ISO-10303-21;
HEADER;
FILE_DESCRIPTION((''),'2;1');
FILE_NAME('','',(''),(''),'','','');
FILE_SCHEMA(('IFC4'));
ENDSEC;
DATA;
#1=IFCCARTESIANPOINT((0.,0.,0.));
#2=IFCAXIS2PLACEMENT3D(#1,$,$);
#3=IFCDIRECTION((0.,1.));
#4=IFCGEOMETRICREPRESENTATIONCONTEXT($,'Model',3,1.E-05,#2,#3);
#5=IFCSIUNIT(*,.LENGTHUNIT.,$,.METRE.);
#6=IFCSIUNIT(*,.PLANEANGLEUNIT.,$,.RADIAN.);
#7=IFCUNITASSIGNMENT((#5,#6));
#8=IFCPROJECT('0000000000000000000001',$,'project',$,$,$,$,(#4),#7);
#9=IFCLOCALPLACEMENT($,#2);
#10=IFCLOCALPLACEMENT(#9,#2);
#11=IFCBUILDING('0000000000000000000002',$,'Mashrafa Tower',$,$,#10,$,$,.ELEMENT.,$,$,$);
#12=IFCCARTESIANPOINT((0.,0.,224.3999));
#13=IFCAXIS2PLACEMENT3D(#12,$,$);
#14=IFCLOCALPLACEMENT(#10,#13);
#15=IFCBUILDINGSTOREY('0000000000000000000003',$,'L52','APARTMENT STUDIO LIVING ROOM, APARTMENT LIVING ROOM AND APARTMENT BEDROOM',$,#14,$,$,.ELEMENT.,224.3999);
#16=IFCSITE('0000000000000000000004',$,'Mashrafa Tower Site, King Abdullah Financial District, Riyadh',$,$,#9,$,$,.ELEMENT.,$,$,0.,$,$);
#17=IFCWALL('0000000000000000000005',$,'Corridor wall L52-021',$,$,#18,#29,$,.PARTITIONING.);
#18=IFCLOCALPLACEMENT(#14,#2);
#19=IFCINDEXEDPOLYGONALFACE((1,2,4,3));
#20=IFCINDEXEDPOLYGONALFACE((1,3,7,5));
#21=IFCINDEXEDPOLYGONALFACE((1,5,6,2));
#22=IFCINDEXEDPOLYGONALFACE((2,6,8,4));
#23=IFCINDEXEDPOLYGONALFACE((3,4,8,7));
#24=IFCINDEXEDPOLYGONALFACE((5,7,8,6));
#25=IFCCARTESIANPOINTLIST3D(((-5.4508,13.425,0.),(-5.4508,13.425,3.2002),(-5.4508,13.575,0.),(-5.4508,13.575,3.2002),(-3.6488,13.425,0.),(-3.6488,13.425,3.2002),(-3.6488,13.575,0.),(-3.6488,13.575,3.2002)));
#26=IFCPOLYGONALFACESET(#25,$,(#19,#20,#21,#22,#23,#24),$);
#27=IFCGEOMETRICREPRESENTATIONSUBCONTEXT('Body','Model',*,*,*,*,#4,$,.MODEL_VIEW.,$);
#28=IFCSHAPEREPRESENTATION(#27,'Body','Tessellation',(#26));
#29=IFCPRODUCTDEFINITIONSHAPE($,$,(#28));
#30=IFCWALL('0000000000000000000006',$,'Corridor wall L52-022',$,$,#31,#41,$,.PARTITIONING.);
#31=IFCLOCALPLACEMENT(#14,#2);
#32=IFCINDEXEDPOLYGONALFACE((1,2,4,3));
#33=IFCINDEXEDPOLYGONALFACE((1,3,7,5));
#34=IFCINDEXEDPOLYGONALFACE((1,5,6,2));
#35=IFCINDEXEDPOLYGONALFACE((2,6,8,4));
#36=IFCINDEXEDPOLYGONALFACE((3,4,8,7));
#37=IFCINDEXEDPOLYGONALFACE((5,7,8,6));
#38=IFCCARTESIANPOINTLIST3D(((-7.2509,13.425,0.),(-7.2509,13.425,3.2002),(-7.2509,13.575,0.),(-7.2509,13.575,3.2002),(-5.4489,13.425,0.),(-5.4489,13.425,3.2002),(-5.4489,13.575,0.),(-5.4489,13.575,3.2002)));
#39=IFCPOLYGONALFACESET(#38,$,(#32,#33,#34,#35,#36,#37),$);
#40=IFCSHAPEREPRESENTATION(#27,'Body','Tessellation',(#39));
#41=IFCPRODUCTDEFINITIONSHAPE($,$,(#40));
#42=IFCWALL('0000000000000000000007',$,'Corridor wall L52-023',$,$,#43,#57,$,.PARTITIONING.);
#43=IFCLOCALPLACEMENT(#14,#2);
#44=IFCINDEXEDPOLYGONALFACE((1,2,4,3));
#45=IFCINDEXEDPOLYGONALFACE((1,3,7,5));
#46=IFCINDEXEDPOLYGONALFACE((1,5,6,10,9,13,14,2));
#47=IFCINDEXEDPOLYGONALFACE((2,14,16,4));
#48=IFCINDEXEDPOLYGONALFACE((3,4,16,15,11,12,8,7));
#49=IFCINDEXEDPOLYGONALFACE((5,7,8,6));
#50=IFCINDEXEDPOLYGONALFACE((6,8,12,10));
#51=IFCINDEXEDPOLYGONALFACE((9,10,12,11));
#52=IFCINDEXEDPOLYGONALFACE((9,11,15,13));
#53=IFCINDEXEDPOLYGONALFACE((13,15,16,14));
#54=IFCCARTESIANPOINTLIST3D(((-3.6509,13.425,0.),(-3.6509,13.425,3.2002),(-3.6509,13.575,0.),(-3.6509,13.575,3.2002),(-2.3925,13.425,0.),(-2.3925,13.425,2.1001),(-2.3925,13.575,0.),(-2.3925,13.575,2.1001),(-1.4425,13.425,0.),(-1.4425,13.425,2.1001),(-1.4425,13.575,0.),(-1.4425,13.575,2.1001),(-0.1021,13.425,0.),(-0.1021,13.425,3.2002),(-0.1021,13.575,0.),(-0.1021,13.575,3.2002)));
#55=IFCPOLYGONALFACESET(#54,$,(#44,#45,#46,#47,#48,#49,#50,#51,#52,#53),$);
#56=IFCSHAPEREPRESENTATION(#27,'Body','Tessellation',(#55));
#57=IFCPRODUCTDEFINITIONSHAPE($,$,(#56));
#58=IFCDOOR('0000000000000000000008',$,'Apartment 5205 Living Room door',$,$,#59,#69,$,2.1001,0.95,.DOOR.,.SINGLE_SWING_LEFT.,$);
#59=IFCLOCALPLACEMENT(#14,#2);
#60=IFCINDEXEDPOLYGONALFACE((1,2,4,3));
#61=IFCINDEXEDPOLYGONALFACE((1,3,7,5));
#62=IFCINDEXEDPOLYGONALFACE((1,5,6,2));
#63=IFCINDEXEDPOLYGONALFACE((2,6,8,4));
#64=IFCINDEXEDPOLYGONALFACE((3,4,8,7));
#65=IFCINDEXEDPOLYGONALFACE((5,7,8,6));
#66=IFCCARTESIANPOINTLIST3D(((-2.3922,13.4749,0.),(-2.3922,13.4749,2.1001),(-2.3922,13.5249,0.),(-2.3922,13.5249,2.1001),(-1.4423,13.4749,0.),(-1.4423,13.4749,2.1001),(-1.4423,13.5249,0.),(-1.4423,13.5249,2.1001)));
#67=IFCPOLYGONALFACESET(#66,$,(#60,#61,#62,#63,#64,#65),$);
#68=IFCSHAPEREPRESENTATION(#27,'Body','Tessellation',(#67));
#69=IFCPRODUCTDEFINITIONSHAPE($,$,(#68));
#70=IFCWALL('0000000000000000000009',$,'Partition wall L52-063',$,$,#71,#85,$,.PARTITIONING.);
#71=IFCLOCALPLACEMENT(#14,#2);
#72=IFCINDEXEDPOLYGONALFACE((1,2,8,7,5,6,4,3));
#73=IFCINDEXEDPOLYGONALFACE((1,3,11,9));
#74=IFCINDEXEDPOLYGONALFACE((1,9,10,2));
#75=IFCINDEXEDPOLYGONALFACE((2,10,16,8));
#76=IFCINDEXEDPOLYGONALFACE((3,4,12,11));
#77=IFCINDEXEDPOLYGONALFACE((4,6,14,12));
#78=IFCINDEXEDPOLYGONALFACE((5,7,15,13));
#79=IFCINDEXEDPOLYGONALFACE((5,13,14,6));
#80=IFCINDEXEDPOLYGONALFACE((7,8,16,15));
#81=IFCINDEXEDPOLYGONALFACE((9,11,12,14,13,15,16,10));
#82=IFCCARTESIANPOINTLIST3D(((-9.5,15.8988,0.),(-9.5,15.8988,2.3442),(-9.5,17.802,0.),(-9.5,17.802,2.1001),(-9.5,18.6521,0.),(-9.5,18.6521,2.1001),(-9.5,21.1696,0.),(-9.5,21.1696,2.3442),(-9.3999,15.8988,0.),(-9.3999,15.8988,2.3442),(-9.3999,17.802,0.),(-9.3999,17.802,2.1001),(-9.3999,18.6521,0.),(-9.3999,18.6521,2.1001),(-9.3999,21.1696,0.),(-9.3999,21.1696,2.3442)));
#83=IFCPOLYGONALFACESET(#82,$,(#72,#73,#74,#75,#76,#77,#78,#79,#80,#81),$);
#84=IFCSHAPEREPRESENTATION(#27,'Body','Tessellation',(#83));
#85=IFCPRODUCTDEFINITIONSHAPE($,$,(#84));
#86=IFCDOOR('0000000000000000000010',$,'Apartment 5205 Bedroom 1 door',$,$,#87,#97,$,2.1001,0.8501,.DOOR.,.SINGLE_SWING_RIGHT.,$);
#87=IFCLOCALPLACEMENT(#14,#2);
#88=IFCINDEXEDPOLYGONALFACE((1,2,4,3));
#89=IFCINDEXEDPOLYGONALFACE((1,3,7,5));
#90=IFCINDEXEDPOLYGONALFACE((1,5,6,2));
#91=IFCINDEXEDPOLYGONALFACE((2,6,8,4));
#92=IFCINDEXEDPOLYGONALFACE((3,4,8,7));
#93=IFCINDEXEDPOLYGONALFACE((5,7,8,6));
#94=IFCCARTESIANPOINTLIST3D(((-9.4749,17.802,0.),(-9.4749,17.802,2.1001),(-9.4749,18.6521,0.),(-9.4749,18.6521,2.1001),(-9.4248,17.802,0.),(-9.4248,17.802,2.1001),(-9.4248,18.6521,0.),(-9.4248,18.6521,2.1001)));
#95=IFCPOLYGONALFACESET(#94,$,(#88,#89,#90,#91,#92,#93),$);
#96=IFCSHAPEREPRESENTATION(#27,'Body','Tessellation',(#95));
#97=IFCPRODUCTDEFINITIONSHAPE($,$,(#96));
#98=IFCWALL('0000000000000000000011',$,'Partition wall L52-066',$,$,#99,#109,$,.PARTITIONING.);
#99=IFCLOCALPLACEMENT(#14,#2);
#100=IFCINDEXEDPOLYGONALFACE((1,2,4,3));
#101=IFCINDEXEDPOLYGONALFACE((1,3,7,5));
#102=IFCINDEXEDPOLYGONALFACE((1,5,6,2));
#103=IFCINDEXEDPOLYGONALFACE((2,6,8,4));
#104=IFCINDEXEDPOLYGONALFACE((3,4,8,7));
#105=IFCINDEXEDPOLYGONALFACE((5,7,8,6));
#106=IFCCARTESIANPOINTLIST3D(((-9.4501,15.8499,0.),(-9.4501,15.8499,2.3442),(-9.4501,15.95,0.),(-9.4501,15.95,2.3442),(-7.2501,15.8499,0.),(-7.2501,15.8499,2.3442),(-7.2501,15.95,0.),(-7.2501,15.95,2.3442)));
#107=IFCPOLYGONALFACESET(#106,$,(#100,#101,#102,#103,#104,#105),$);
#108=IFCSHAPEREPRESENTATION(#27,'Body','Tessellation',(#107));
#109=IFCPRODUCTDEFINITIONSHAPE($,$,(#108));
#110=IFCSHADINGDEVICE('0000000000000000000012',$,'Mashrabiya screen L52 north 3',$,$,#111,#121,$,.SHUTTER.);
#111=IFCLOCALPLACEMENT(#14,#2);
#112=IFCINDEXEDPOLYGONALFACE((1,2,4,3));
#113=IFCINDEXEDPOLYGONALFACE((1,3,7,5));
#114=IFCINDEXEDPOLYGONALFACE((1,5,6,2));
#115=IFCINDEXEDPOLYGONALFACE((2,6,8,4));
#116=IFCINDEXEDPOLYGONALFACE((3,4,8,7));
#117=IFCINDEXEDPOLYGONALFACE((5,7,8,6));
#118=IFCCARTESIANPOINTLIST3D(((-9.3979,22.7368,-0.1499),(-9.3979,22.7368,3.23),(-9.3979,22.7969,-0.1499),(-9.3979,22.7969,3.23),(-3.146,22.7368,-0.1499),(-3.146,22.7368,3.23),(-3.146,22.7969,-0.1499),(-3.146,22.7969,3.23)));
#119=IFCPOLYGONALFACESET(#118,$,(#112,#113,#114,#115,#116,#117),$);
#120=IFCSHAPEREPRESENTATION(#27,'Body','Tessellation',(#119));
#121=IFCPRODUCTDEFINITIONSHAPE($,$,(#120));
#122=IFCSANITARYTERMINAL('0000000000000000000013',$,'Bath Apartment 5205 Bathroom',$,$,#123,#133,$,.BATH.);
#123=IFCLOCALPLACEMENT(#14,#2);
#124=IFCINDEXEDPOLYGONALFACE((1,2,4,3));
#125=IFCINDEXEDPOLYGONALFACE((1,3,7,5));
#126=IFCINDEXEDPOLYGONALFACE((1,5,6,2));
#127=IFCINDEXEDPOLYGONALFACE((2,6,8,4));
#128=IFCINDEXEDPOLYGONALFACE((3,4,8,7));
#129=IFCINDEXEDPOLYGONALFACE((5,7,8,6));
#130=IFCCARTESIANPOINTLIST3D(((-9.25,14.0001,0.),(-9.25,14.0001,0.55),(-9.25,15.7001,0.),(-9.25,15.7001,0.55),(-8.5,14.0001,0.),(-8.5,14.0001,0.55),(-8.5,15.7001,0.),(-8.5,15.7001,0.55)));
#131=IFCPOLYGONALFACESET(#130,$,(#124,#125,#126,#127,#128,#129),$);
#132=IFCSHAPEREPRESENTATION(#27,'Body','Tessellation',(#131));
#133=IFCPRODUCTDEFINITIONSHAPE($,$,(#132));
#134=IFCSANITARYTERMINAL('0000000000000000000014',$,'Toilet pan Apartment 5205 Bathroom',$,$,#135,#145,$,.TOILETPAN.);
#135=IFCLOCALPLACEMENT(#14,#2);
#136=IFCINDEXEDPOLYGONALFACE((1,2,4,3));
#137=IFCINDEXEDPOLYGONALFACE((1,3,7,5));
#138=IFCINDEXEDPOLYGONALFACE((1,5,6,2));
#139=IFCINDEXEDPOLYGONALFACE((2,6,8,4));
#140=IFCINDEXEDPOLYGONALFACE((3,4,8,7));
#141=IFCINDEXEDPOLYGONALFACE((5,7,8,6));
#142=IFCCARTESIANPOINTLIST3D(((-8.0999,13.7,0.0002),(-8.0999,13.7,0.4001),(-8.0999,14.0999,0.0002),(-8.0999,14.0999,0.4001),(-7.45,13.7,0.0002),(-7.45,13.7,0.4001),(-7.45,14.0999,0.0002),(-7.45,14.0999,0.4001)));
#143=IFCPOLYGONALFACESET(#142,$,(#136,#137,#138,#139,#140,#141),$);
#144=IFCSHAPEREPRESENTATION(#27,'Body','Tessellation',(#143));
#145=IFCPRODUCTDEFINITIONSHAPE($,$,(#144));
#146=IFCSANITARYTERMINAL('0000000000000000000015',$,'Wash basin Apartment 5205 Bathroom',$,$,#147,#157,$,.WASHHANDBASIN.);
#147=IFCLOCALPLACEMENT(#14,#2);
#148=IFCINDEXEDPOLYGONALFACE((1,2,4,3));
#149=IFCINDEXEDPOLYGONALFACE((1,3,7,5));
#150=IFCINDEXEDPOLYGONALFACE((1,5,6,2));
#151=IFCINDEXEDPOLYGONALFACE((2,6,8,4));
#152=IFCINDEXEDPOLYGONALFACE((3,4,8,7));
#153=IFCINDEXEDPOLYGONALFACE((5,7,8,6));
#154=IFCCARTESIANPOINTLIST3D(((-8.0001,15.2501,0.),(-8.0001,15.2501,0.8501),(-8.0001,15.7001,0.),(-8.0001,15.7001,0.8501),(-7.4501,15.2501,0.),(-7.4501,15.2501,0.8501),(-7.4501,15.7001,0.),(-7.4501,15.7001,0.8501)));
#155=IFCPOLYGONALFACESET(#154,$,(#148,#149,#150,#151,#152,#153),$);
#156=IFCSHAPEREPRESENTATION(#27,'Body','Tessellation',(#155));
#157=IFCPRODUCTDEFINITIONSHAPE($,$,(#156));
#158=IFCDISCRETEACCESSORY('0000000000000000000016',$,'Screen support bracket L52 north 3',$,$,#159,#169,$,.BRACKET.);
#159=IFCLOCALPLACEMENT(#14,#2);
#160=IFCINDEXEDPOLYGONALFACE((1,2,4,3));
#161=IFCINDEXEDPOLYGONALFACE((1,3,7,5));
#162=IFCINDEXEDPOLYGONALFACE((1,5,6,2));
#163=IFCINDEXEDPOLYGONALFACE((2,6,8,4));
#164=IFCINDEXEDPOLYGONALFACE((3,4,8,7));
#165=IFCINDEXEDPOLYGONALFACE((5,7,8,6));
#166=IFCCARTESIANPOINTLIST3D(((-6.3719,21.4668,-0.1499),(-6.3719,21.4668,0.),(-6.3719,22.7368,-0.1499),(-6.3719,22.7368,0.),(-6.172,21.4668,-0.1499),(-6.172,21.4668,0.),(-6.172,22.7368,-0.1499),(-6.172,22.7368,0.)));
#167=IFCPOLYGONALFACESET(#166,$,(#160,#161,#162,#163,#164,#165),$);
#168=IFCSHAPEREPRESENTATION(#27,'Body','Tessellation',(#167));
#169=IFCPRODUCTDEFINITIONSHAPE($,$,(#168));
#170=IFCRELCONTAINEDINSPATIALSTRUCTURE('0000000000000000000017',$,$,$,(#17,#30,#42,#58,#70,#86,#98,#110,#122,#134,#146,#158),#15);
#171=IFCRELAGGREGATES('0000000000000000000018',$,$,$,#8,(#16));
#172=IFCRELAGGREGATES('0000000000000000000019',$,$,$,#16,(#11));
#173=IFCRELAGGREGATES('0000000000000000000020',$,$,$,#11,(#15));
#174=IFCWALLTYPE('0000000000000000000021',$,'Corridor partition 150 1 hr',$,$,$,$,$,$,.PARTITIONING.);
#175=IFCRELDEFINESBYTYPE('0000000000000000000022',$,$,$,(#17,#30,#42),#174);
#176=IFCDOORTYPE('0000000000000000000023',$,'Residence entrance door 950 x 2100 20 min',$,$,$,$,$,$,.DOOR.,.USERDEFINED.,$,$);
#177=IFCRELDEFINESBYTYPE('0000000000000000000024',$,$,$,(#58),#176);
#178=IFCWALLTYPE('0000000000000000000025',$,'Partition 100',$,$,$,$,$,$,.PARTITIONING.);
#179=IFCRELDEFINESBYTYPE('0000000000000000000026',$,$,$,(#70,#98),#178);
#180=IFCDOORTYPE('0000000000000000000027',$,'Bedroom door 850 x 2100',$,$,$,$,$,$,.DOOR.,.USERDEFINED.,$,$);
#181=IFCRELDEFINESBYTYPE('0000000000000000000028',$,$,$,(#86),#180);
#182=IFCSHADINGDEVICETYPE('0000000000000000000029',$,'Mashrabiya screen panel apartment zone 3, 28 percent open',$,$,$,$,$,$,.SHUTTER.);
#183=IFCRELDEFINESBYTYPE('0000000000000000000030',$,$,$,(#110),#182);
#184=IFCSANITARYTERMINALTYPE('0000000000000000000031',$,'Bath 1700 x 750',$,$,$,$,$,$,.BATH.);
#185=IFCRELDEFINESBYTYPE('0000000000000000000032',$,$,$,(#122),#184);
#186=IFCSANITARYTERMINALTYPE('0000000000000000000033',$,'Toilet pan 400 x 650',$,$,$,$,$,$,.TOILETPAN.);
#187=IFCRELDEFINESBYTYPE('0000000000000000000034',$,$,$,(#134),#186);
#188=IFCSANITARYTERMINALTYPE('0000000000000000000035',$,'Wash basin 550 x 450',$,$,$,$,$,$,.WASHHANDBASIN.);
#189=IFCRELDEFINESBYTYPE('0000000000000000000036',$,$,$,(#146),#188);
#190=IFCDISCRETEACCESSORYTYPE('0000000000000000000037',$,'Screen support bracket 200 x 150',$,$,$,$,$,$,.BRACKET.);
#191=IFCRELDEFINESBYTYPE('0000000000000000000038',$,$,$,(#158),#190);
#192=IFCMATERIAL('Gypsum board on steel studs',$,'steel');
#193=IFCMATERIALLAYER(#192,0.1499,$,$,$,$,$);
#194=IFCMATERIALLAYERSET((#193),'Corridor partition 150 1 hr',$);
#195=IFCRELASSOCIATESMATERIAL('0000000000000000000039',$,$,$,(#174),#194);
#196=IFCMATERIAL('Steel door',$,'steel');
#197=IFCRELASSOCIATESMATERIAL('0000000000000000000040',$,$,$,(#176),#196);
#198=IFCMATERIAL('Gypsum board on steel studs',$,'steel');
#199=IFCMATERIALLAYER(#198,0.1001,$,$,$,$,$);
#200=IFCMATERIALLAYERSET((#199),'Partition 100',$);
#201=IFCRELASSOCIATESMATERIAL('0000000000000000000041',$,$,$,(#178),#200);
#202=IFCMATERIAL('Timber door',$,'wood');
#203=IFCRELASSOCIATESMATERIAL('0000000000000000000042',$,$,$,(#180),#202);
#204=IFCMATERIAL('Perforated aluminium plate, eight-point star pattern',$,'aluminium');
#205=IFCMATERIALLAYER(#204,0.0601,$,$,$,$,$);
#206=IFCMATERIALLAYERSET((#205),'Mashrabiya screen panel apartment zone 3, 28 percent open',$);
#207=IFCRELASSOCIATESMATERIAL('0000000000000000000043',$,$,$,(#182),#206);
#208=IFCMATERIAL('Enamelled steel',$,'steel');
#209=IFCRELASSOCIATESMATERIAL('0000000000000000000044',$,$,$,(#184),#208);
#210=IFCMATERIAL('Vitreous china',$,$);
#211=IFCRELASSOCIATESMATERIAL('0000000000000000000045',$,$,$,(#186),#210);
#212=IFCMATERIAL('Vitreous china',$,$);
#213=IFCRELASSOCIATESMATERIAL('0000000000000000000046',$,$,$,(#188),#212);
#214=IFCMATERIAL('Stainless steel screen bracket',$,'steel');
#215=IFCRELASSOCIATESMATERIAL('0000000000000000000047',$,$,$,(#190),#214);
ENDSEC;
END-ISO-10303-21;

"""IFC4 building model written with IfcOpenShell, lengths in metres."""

from ifc_helpers import new_model, si_unit, direction, frame, frame_2d, origin, origin_2d, place, context, subcontext, project, spatial, rectangle, extrude, source, transform, mapped, material, layer, layer_set, type_object, type_shapes, element, fill, save


model = new_model("IFC4")

# Units and contexts
model_context = context("Model", 3, precision=1e-05, world=origin(), true_north=direction((0.0, 1.0)))
body_context = subcontext(model_context, "Body", "Model", "MODEL_VIEW")
ifc_project = project(units=[si_unit("LENGTHUNIT", "METRE"), si_unit("PLANEANGLEUNIT", "RADIAN")], contexts=[model_context])

# Site, building, storey
site_placement = place(None, origin())
site = spatial("IfcSite", under=ifc_project, at=site_placement, Name="Mashrafa Tower Site, King Abdullah Financial District, Riyadh", CompositionType="ELEMENT", RefElevation=0.0)
building_placement = place(site_placement, origin())
building = spatial("IfcBuilding", under=site, at=building_placement, Name="Mashrafa Tower", CompositionType="ELEMENT")
storey_placement = place(building_placement, frame((0.0, 0.0, 224.3999)))
storey = spatial("IfcBuildingStorey", under=building, at=storey_placement, Name="L52", Description="APARTMENT STUDIO LIVING ROOM, APARTMENT LIVING ROOM AND APARTMENT BEDROOM", CompositionType="ELEMENT", Elevation=224.3999)

# Walls
ifc_material_1 = material(Name="Gypsum board on steel studs", Category="steel")
ifc_layer_1 = layer(ifc_material_1, 0.1499)
ifc_layer_set_1 = layer_set([ifc_layer_1], Name="Corridor partition 150 1 hr")
wall_type_1 = type_object("IfcWallType", Name="Corridor partition 150 1 hr", PredefinedType="PARTITIONING", material=ifc_layer_set_1)
for number, where, z_axis, x_axis, name in (
    (1, (-3.6489, 13.5, 0.0), (0.0, 0.0, 1.0), (-1.0, 0.0, 0.0), "Corridor wall L52-021"),
    (2, (-5.449, 13.5, 0.0), (0.0, 0.0, 1.0), (-1.0, 0.0, 0.0), "Corridor wall L52-022"),
):
    element("IfcWall", number, at=place(storey_placement, frame(where, z_axis=z_axis, x_axis=x_axis)), inside=storey, type_object=wall_type_1, Name=name, PredefinedType="PARTITIONING", context=body_context, shape_type="SweptSolid", body=[
        extrude(rectangle(XDim=1.802, YDim=0.1499, at=frame_2d((0.9009, 0.0))), origin(), (0.0, 0.0, 1.0), 3.2002),
    ])

# Walls, openings, doors
wall_1_placement = place(storey_placement, frame((-0.1021, 13.5, 0.0), z_axis=(0.0, 0.0, 1.0), x_axis=(-1.0, 0.0, 0.0)))
wall_1 = element("IfcWall", 3, at=wall_1_placement, inside=storey, type_object=wall_type_1, Name="Corridor wall L52-023", PredefinedType="PARTITIONING", context=body_context, shape_type="SweptSolid", body=[
    extrude(rectangle(XDim=3.5488, YDim=0.1499, at=frame_2d((1.7744, 0.0))), origin(), (0.0, 0.0, 1.0), 3.2002),
])
opening_1_placement = place(wall_1_placement, frame((1.3403, 0.0, 0.0)))
opening_1 = element("IfcOpeningElement", 4, at=opening_1_placement, cuts=wall_1, PredefinedType="OPENING", context=body_context, shape_type="SweptSolid", body=[
    extrude(rectangle(XDim=0.95, YDim=2.1001, at=frame_2d((0.4751, 1.05))), frame((0.0, 0.085, 0.0), z_axis=(0.0, -1.0, 0.0), x_axis=(1.0, 0.0, 0.0)), (0.0, 0.0, 1.0), 0.1699),
])
ifc_material_2 = material(Name="Steel door", Category="steel")
door_type_1 = type_object("IfcDoorType", Name="Residence entrance door 950 x 2100 20 min", OperationType="USERDEFINED", PredefinedType="DOOR", material=ifc_material_2)
door_1_placement = place(opening_1_placement, frame((0.95, 0.0, 0.0), z_axis=(0.0, 0.0, 1.0), x_axis=(-1.0, 0.0, 0.0)))
door_1 = element("IfcDoor", 5, at=door_1_placement, inside=storey, type_object=door_type_1, Name="Apartment 5205 Living Room door", OperationType="SINGLE_SWING_LEFT", OverallHeight=2.1001, OverallWidth=0.95, PredefinedType="DOOR", context=body_context, shape_type="SweptSolid", body=[
    extrude(rectangle(XDim=0.95, YDim=2.1001, at=frame_2d((0.4751, 1.05))), frame((0.0, 0.0249, 0.0), z_axis=(0.0, -1.0, 0.0), x_axis=(1.0, 0.0, 0.0)), (0.0, 0.0, 1.0), 0.05),
])
fill(opening_1, door_1)
ifc_material_3 = material(Name="Gypsum board on steel studs", Category="steel")
ifc_layer_2 = layer(ifc_material_3, 0.1001)
ifc_layer_set_2 = layer_set([ifc_layer_2], Name="Partition 100")
wall_type_2 = type_object("IfcWallType", Name="Partition 100", PredefinedType="PARTITIONING", material=ifc_layer_set_2)
wall_2_placement = place(storey_placement, frame((-9.45, 15.8989, 0.0), z_axis=(0.0, 0.0, 1.0), x_axis=(0.0, 1.0, 0.0)))
wall_2 = element("IfcWall", 6, at=wall_2_placement, inside=storey, type_object=wall_type_2, Name="Partition wall L52-063", PredefinedType="PARTITIONING", context=body_context, shape_type="SweptSolid", body=[
    extrude(rectangle(XDim=5.2708, YDim=0.1001, at=frame_2d((2.6353, 0.0))), origin(), (0.0, 0.0, 1.0), 2.3442),
])
opening_2_placement = place(wall_2_placement, frame((1.9031, 0.0, 0.0)))
opening_2 = element("IfcOpeningElement", 7, at=opening_2_placement, cuts=wall_2, PredefinedType="OPENING", context=body_context, shape_type="SweptSolid", body=[
    extrude(rectangle(XDim=0.8501, YDim=2.1001, at=frame_2d((0.425, 1.05))), frame((0.0, 0.0601, 0.0), z_axis=(0.0, -1.0, 0.0), x_axis=(1.0, 0.0, 0.0)), (0.0, 0.0, 1.0), 0.1201),
])
ifc_material_4 = material(Name="Timber door", Category="wood")
door_type_2 = type_object("IfcDoorType", Name="Bedroom door 850 x 2100", OperationType="USERDEFINED", PredefinedType="DOOR", material=ifc_material_4)
door_2_placement = place(opening_2_placement, origin())
door_2 = element("IfcDoor", 8, at=door_2_placement, inside=storey, type_object=door_type_2, Name="Apartment 5205 Bedroom 1 door", OperationType="SINGLE_SWING_RIGHT", OverallHeight=2.1001, OverallWidth=0.8501, PredefinedType="DOOR", context=body_context, shape_type="SweptSolid", body=[
    extrude(rectangle(XDim=0.8501, YDim=2.1001, at=frame_2d((0.425, 1.05))), frame((0.0, 0.0249, 0.0), z_axis=(0.0, -1.0, 0.0), x_axis=(1.0, 0.0, 0.0)), (0.0, 0.0, 1.0), 0.05),
])
fill(opening_2, door_2)

# Wall
wall_3_placement = place(storey_placement, frame((-7.25, 15.8999, 0.0), z_axis=(0.0, 0.0, 1.0), x_axis=(-1.0, 0.0, 0.0)))
element("IfcWall", 9, at=wall_3_placement, inside=storey, type_object=wall_type_2, Name="Partition wall L52-066", PredefinedType="PARTITIONING", context=body_context, shape_type="SweptSolid", body=[
    extrude(rectangle(XDim=2.2, YDim=0.1001, at=frame_2d((1.1001, 0.0))), origin(), (0.0, 0.0, 1.0), 2.3442),
])

# Shading device
ifc_material_5 = material(Name="Perforated aluminium plate, eight-point star pattern", Category="aluminium")
ifc_layer_3 = layer(ifc_material_5, 0.0601)
ifc_layer_set_3 = layer_set([ifc_layer_3], Name="Mashrabiya screen panel apartment zone 3, 28 percent open")
shading_device_type = type_object("IfcShadingDeviceType", Name="Mashrabiya screen panel apartment zone 3, 28 percent open", PredefinedType="SHUTTER", material=ifc_layer_set_3)
shared_shape_1 = source(origin(), body_context, "Body", "SweptSolid", [
    extrude(rectangle(XDim=6.252, YDim=0.0601, at=origin_2d()), origin(), (0.0, 0.0, 1.0), 3.3799),
])
type_shapes(shading_device_type, [shared_shape_1])
shading_device_placement = place(storey_placement, frame((-6.272, 22.7668, -0.1499), z_axis=(0.0, 0.0, 1.0), x_axis=(-1.0, 0.0, 0.0)))
element("IfcShadingDevice", 10, at=shading_device_placement, inside=storey, type_object=shading_device_type, Name="Mashrabiya screen L52 north 3", PredefinedType="SHUTTER", context=body_context, shape_type="MappedRepresentation", body=[
    mapped(shared_shape_1, transform((0.0, 0.0, 0.0))),
])

# Sanitary terminals
ifc_material_6 = material(Name="Enamelled steel", Category="steel")
sanitary_terminal_type_1 = type_object("IfcSanitaryTerminalType", Name="Bath 1700 x 750", PredefinedType="BATH", material=ifc_material_6)
sanitary_terminal_1_placement = place(storey_placement, frame((-8.875, 14.8501, 0.0), z_axis=(0.0, 0.0, 1.0), x_axis=(0.0, -1.0, 0.0)))
element("IfcSanitaryTerminal", 11, at=sanitary_terminal_1_placement, inside=storey, type_object=sanitary_terminal_type_1, Name="Bath Apartment 5205 Bathroom", PredefinedType="BATH", context=body_context, shape_type="SweptSolid", body=[
    extrude(rectangle(XDim=1.7, YDim=0.75, at=origin_2d()), origin(), (0.0, 0.0, 1.0), 0.55),
])
ifc_material_7 = material(Name="Vitreous china")
sanitary_terminal_type_2 = type_object("IfcSanitaryTerminalType", Name="Toilet pan 400 x 650", PredefinedType="TOILETPAN", material=ifc_material_7)
sanitary_terminal_2_placement = place(storey_placement, frame((-7.7749, 13.8999, 0.0002), z_axis=(0.0, 0.0, 1.0), x_axis=(0.0, 1.0, 0.0)))
element("IfcSanitaryTerminal", 12, at=sanitary_terminal_2_placement, inside=storey, type_object=sanitary_terminal_type_2, Name="Toilet pan Apartment 5205 Bathroom", PredefinedType="TOILETPAN", context=body_context, shape_type="SweptSolid", body=[
    extrude(rectangle(XDim=0.3999, YDim=0.6499, at=origin_2d()), origin(), (0.0, 0.0, 1.0), 0.3999),
])
ifc_material_8 = material(Name="Vitreous china")
sanitary_terminal_type_3 = type_object("IfcSanitaryTerminalType", Name="Wash basin 550 x 450", PredefinedType="WASHHANDBASIN", material=ifc_material_8)
sanitary_terminal_3_placement = place(storey_placement, frame((-7.7251, 15.4751, 0.0), z_axis=(0.0, 0.0, 1.0), x_axis=(-1.0, 0.0, 0.0)))
element("IfcSanitaryTerminal", 13, at=sanitary_terminal_3_placement, inside=storey, type_object=sanitary_terminal_type_3, Name="Wash basin Apartment 5205 Bathroom", PredefinedType="WASHHANDBASIN", context=body_context, shape_type="SweptSolid", body=[
    extrude(rectangle(XDim=0.55, YDim=0.45, at=origin_2d()), origin(), (0.0, 0.0, 1.0), 0.8501),
])

# Discrete accessory
ifc_material_9 = material(Name="Stainless steel screen bracket", Category="steel")
discrete_accessory_type = type_object("IfcDiscreteAccessoryType", Name="Screen support bracket 200 x 150", PredefinedType="BRACKET", material=ifc_material_9)
shared_shape_2 = source(origin(), body_context, "Body", "SweptSolid", [
    extrude(rectangle(XDim=0.2, YDim=1.27, at=origin_2d()), origin(), (0.0, 0.0, 1.0), 0.1499),
])
type_shapes(discrete_accessory_type, [shared_shape_2])
for number, where, z_axis, x_axis, name in (
    (14, (-6.272, 22.1018, -0.1499), (0.0, 0.0, 1.0), (-1.0, 0.0, 0.0), "Screen support bracket L52 north 3"),
):
    element("IfcDiscreteAccessory", number, at=place(storey_placement, frame(where, z_axis=z_axis, x_axis=x_axis)), inside=storey, type_object=discrete_accessory_type, Name=name, PredefinedType="BRACKET", context=body_context, shape_type="MappedRepresentation", body=[
        mapped(shared_shape_2, transform((0.0, 0.0, 0.0))),
    ])

save(model, "model.ifc")
